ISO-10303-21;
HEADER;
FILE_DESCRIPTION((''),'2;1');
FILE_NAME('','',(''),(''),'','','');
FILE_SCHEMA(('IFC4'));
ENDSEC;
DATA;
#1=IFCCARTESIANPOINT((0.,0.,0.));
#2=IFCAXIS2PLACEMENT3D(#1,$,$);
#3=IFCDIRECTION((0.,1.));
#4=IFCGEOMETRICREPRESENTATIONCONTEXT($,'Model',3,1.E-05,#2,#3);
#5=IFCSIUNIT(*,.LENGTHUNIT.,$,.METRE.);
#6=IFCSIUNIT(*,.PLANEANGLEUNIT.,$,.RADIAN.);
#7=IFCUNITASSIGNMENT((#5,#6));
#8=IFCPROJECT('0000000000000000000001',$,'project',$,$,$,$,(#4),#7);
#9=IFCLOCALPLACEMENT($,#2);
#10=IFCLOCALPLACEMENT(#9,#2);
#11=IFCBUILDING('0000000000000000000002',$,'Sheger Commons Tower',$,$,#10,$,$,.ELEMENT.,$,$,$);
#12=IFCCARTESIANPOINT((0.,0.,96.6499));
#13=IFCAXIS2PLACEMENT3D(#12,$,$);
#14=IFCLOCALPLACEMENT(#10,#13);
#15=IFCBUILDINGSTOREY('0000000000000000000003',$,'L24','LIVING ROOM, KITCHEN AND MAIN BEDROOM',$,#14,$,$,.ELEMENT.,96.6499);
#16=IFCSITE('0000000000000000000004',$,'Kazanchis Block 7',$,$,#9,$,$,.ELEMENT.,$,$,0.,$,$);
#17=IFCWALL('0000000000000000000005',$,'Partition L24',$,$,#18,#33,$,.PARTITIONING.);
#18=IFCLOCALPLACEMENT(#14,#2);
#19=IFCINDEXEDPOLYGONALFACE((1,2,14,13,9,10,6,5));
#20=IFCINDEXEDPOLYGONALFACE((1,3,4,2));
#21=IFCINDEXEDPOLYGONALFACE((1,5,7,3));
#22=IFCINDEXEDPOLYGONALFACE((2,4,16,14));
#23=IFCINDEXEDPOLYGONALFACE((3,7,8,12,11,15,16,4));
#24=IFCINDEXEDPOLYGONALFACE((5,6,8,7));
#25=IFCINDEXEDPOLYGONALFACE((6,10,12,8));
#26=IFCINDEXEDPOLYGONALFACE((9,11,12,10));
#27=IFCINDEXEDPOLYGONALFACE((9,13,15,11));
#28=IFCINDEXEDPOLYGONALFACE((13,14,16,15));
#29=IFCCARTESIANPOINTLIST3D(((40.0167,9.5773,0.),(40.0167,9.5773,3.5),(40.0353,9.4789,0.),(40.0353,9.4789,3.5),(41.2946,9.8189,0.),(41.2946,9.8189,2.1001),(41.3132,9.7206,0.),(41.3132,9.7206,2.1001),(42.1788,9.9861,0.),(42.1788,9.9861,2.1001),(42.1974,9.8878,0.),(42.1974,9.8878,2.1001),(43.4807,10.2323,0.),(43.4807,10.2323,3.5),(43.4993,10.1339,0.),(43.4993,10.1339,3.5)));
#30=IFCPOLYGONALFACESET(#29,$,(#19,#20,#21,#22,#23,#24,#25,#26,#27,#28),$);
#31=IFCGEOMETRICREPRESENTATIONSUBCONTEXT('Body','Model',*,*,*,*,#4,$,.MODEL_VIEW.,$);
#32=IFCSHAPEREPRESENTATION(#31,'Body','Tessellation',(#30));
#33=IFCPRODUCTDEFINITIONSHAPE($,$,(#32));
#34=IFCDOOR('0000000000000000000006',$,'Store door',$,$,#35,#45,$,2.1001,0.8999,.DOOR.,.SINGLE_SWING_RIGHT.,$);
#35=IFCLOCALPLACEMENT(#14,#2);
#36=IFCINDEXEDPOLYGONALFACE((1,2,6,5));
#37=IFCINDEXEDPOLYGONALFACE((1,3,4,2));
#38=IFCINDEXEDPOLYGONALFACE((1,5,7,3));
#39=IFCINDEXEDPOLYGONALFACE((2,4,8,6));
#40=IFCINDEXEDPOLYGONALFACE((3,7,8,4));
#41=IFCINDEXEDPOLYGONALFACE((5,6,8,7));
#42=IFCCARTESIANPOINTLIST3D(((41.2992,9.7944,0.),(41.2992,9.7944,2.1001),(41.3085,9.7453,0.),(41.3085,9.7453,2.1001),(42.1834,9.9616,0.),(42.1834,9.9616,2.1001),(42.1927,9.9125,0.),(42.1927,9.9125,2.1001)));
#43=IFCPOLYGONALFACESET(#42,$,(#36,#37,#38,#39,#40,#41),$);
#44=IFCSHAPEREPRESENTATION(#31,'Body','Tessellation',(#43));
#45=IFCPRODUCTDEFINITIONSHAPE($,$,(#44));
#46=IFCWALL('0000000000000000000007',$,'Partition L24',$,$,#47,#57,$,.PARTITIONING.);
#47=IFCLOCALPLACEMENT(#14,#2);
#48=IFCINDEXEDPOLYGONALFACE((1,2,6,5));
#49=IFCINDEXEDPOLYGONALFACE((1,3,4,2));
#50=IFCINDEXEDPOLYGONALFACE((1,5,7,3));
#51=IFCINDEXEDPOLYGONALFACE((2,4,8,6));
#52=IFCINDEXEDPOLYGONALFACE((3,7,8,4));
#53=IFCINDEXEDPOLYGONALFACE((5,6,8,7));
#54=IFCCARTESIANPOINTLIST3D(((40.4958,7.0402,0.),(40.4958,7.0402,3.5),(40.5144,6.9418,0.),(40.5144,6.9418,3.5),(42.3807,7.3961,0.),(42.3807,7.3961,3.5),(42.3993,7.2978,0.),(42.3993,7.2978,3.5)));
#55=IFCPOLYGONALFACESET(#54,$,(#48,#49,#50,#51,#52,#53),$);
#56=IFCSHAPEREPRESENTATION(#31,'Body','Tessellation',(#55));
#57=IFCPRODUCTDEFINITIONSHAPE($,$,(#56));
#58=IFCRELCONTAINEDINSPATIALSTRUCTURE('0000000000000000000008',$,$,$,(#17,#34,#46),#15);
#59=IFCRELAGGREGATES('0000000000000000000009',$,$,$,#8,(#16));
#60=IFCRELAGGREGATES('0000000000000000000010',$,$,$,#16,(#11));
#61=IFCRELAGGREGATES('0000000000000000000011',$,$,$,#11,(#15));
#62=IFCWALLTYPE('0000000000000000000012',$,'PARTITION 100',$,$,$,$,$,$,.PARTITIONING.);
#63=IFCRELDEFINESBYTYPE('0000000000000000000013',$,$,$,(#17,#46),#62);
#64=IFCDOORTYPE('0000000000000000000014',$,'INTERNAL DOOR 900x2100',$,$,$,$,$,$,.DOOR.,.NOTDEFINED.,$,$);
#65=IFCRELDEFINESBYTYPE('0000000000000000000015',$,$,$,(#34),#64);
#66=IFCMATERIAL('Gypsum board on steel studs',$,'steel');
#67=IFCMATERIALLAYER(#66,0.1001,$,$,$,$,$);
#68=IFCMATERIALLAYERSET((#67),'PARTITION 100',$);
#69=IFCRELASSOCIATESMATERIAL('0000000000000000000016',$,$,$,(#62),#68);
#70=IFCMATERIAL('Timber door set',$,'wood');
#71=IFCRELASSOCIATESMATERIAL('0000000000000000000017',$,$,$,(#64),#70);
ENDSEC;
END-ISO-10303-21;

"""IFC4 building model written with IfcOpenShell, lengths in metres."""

from ifc_helpers import new_model, si_unit, direction, frame, frame_2d, origin, place, context, subcontext, project, spatial, rectangle, extrude, material, layer, layer_set, type_object, element, fill, save


model = new_model("IFC4")

# Units and contexts
model_context = context("Model", 3, precision=1e-05, world=origin(), true_north=direction((0.0, 1.0)))
body_context = subcontext(model_context, "Body", "Model", "MODEL_VIEW")
ifc_project = project(units=[si_unit("LENGTHUNIT", "METRE"), si_unit("PLANEANGLEUNIT", "RADIAN")], contexts=[model_context])

# Site, building, storey
site_placement = place(None, origin())
site = spatial("IfcSite", under=ifc_project, at=site_placement, Name="Kazanchis Block 7", CompositionType="ELEMENT", RefElevation=0.0)
building_placement = place(site_placement, origin())
building = spatial("IfcBuilding", under=site, at=building_placement, Name="Sheger Commons Tower", CompositionType="ELEMENT")
storey_placement = place(building_placement, frame((0.0, 0.0, 96.6499)))
storey = spatial("IfcBuildingStorey", under=building, at=storey_placement, Name="L24", Description="LIVING ROOM, KITCHEN AND MAIN BEDROOM", CompositionType="ELEMENT", Elevation=96.6499)

# Shared definitions
ifc_material_1 = material(Name="Gypsum board on steel studs", Category="steel")
ifc_layer_1 = layer(ifc_material_1, 0.1001)
ifc_layer_set_1 = layer_set([ifc_layer_1], Name="PARTITION 100")
wall_type_1 = type_object("IfcWallType", Name="PARTITION 100", PredefinedType="PARTITIONING", material=ifc_layer_set_1)

# Shared definitions
ifc_material_2 = material(Name="Timber door set", Category="wood")
door_type_1 = type_object("IfcDoorType", Name="INTERNAL DOOR 900x2100", OperationType="NOTDEFINED", PredefinedType="DOOR", material=ifc_material_2)

# Wall, opening, door
wall_1_placement = place(storey_placement, frame((43.49, 10.1831, 0.0), z_axis=(0.0, 0.0, 1.0), x_axis=(-0.982588, -0.185798, 0.0)))
wall_1 = element("IfcWall", 1, at=wall_1_placement, inside=storey, type_object=wall_type_1, Name="Partition L24", PredefinedType="PARTITIONING", context=body_context, shape_type="SweptSolid", body=[
    extrude(rectangle(XDim=3.5254, YDim=0.1001, at=frame_2d((1.7627, 0.0))), origin(), (0.0, 0.0, 1.0), 3.5),
])
opening_1_placement = place(wall_1_placement, frame((1.325, 0.0, 0.0)))
opening_1 = element("IfcOpeningElement", 2, at=opening_1_placement, cuts=wall_1, PredefinedType="OPENING", context=body_context, shape_type="SweptSolid", body=[
    extrude(rectangle(XDim=0.8999, YDim=2.1001, at=frame_2d((0.45, 1.05))), frame((0.0, 0.0601, 0.0), z_axis=(0.0, -1.0, 0.0), x_axis=(1.0, 0.0, 0.0)), (0.0, 0.0, 1.0), 0.1201),
])
door_1_placement = place(opening_1_placement, origin())
door_1 = element("IfcDoor", 3, at=door_1_placement, inside=storey, type_object=door_type_1, Name="Store door", OperationType="SINGLE_SWING_RIGHT", OverallHeight=2.1001, OverallWidth=0.8999, PredefinedType="DOOR", context=body_context, shape_type="SweptSolid", body=[
    extrude(rectangle(XDim=0.8999, YDim=2.1001, at=frame_2d((0.45, 1.05))), frame((0.0, 0.0249, 0.0), z_axis=(0.0, -1.0, 0.0), x_axis=(1.0, 0.0, 0.0)), (0.0, 0.0, 1.0), 0.05),
])
fill(opening_1, door_1)

# Wall
wall_2_placement = place(storey_placement, frame((42.3899, 7.3469, 0.0), z_axis=(0.0, 0.0, 1.0), x_axis=(-0.982634, -0.185556, 0.0)))
element("IfcWall", 4, at=wall_2_placement, inside=storey, type_object=wall_type_1, Name="Partition L24", PredefinedType="PARTITIONING", context=body_context, shape_type="SweptSolid", body=[
    extrude(rectangle(XDim=1.9182, YDim=0.1001, at=frame_2d((0.959, 0.0))), origin(), (0.0, 0.0, 1.0), 3.5),
])

save(model, "model.ifc")
